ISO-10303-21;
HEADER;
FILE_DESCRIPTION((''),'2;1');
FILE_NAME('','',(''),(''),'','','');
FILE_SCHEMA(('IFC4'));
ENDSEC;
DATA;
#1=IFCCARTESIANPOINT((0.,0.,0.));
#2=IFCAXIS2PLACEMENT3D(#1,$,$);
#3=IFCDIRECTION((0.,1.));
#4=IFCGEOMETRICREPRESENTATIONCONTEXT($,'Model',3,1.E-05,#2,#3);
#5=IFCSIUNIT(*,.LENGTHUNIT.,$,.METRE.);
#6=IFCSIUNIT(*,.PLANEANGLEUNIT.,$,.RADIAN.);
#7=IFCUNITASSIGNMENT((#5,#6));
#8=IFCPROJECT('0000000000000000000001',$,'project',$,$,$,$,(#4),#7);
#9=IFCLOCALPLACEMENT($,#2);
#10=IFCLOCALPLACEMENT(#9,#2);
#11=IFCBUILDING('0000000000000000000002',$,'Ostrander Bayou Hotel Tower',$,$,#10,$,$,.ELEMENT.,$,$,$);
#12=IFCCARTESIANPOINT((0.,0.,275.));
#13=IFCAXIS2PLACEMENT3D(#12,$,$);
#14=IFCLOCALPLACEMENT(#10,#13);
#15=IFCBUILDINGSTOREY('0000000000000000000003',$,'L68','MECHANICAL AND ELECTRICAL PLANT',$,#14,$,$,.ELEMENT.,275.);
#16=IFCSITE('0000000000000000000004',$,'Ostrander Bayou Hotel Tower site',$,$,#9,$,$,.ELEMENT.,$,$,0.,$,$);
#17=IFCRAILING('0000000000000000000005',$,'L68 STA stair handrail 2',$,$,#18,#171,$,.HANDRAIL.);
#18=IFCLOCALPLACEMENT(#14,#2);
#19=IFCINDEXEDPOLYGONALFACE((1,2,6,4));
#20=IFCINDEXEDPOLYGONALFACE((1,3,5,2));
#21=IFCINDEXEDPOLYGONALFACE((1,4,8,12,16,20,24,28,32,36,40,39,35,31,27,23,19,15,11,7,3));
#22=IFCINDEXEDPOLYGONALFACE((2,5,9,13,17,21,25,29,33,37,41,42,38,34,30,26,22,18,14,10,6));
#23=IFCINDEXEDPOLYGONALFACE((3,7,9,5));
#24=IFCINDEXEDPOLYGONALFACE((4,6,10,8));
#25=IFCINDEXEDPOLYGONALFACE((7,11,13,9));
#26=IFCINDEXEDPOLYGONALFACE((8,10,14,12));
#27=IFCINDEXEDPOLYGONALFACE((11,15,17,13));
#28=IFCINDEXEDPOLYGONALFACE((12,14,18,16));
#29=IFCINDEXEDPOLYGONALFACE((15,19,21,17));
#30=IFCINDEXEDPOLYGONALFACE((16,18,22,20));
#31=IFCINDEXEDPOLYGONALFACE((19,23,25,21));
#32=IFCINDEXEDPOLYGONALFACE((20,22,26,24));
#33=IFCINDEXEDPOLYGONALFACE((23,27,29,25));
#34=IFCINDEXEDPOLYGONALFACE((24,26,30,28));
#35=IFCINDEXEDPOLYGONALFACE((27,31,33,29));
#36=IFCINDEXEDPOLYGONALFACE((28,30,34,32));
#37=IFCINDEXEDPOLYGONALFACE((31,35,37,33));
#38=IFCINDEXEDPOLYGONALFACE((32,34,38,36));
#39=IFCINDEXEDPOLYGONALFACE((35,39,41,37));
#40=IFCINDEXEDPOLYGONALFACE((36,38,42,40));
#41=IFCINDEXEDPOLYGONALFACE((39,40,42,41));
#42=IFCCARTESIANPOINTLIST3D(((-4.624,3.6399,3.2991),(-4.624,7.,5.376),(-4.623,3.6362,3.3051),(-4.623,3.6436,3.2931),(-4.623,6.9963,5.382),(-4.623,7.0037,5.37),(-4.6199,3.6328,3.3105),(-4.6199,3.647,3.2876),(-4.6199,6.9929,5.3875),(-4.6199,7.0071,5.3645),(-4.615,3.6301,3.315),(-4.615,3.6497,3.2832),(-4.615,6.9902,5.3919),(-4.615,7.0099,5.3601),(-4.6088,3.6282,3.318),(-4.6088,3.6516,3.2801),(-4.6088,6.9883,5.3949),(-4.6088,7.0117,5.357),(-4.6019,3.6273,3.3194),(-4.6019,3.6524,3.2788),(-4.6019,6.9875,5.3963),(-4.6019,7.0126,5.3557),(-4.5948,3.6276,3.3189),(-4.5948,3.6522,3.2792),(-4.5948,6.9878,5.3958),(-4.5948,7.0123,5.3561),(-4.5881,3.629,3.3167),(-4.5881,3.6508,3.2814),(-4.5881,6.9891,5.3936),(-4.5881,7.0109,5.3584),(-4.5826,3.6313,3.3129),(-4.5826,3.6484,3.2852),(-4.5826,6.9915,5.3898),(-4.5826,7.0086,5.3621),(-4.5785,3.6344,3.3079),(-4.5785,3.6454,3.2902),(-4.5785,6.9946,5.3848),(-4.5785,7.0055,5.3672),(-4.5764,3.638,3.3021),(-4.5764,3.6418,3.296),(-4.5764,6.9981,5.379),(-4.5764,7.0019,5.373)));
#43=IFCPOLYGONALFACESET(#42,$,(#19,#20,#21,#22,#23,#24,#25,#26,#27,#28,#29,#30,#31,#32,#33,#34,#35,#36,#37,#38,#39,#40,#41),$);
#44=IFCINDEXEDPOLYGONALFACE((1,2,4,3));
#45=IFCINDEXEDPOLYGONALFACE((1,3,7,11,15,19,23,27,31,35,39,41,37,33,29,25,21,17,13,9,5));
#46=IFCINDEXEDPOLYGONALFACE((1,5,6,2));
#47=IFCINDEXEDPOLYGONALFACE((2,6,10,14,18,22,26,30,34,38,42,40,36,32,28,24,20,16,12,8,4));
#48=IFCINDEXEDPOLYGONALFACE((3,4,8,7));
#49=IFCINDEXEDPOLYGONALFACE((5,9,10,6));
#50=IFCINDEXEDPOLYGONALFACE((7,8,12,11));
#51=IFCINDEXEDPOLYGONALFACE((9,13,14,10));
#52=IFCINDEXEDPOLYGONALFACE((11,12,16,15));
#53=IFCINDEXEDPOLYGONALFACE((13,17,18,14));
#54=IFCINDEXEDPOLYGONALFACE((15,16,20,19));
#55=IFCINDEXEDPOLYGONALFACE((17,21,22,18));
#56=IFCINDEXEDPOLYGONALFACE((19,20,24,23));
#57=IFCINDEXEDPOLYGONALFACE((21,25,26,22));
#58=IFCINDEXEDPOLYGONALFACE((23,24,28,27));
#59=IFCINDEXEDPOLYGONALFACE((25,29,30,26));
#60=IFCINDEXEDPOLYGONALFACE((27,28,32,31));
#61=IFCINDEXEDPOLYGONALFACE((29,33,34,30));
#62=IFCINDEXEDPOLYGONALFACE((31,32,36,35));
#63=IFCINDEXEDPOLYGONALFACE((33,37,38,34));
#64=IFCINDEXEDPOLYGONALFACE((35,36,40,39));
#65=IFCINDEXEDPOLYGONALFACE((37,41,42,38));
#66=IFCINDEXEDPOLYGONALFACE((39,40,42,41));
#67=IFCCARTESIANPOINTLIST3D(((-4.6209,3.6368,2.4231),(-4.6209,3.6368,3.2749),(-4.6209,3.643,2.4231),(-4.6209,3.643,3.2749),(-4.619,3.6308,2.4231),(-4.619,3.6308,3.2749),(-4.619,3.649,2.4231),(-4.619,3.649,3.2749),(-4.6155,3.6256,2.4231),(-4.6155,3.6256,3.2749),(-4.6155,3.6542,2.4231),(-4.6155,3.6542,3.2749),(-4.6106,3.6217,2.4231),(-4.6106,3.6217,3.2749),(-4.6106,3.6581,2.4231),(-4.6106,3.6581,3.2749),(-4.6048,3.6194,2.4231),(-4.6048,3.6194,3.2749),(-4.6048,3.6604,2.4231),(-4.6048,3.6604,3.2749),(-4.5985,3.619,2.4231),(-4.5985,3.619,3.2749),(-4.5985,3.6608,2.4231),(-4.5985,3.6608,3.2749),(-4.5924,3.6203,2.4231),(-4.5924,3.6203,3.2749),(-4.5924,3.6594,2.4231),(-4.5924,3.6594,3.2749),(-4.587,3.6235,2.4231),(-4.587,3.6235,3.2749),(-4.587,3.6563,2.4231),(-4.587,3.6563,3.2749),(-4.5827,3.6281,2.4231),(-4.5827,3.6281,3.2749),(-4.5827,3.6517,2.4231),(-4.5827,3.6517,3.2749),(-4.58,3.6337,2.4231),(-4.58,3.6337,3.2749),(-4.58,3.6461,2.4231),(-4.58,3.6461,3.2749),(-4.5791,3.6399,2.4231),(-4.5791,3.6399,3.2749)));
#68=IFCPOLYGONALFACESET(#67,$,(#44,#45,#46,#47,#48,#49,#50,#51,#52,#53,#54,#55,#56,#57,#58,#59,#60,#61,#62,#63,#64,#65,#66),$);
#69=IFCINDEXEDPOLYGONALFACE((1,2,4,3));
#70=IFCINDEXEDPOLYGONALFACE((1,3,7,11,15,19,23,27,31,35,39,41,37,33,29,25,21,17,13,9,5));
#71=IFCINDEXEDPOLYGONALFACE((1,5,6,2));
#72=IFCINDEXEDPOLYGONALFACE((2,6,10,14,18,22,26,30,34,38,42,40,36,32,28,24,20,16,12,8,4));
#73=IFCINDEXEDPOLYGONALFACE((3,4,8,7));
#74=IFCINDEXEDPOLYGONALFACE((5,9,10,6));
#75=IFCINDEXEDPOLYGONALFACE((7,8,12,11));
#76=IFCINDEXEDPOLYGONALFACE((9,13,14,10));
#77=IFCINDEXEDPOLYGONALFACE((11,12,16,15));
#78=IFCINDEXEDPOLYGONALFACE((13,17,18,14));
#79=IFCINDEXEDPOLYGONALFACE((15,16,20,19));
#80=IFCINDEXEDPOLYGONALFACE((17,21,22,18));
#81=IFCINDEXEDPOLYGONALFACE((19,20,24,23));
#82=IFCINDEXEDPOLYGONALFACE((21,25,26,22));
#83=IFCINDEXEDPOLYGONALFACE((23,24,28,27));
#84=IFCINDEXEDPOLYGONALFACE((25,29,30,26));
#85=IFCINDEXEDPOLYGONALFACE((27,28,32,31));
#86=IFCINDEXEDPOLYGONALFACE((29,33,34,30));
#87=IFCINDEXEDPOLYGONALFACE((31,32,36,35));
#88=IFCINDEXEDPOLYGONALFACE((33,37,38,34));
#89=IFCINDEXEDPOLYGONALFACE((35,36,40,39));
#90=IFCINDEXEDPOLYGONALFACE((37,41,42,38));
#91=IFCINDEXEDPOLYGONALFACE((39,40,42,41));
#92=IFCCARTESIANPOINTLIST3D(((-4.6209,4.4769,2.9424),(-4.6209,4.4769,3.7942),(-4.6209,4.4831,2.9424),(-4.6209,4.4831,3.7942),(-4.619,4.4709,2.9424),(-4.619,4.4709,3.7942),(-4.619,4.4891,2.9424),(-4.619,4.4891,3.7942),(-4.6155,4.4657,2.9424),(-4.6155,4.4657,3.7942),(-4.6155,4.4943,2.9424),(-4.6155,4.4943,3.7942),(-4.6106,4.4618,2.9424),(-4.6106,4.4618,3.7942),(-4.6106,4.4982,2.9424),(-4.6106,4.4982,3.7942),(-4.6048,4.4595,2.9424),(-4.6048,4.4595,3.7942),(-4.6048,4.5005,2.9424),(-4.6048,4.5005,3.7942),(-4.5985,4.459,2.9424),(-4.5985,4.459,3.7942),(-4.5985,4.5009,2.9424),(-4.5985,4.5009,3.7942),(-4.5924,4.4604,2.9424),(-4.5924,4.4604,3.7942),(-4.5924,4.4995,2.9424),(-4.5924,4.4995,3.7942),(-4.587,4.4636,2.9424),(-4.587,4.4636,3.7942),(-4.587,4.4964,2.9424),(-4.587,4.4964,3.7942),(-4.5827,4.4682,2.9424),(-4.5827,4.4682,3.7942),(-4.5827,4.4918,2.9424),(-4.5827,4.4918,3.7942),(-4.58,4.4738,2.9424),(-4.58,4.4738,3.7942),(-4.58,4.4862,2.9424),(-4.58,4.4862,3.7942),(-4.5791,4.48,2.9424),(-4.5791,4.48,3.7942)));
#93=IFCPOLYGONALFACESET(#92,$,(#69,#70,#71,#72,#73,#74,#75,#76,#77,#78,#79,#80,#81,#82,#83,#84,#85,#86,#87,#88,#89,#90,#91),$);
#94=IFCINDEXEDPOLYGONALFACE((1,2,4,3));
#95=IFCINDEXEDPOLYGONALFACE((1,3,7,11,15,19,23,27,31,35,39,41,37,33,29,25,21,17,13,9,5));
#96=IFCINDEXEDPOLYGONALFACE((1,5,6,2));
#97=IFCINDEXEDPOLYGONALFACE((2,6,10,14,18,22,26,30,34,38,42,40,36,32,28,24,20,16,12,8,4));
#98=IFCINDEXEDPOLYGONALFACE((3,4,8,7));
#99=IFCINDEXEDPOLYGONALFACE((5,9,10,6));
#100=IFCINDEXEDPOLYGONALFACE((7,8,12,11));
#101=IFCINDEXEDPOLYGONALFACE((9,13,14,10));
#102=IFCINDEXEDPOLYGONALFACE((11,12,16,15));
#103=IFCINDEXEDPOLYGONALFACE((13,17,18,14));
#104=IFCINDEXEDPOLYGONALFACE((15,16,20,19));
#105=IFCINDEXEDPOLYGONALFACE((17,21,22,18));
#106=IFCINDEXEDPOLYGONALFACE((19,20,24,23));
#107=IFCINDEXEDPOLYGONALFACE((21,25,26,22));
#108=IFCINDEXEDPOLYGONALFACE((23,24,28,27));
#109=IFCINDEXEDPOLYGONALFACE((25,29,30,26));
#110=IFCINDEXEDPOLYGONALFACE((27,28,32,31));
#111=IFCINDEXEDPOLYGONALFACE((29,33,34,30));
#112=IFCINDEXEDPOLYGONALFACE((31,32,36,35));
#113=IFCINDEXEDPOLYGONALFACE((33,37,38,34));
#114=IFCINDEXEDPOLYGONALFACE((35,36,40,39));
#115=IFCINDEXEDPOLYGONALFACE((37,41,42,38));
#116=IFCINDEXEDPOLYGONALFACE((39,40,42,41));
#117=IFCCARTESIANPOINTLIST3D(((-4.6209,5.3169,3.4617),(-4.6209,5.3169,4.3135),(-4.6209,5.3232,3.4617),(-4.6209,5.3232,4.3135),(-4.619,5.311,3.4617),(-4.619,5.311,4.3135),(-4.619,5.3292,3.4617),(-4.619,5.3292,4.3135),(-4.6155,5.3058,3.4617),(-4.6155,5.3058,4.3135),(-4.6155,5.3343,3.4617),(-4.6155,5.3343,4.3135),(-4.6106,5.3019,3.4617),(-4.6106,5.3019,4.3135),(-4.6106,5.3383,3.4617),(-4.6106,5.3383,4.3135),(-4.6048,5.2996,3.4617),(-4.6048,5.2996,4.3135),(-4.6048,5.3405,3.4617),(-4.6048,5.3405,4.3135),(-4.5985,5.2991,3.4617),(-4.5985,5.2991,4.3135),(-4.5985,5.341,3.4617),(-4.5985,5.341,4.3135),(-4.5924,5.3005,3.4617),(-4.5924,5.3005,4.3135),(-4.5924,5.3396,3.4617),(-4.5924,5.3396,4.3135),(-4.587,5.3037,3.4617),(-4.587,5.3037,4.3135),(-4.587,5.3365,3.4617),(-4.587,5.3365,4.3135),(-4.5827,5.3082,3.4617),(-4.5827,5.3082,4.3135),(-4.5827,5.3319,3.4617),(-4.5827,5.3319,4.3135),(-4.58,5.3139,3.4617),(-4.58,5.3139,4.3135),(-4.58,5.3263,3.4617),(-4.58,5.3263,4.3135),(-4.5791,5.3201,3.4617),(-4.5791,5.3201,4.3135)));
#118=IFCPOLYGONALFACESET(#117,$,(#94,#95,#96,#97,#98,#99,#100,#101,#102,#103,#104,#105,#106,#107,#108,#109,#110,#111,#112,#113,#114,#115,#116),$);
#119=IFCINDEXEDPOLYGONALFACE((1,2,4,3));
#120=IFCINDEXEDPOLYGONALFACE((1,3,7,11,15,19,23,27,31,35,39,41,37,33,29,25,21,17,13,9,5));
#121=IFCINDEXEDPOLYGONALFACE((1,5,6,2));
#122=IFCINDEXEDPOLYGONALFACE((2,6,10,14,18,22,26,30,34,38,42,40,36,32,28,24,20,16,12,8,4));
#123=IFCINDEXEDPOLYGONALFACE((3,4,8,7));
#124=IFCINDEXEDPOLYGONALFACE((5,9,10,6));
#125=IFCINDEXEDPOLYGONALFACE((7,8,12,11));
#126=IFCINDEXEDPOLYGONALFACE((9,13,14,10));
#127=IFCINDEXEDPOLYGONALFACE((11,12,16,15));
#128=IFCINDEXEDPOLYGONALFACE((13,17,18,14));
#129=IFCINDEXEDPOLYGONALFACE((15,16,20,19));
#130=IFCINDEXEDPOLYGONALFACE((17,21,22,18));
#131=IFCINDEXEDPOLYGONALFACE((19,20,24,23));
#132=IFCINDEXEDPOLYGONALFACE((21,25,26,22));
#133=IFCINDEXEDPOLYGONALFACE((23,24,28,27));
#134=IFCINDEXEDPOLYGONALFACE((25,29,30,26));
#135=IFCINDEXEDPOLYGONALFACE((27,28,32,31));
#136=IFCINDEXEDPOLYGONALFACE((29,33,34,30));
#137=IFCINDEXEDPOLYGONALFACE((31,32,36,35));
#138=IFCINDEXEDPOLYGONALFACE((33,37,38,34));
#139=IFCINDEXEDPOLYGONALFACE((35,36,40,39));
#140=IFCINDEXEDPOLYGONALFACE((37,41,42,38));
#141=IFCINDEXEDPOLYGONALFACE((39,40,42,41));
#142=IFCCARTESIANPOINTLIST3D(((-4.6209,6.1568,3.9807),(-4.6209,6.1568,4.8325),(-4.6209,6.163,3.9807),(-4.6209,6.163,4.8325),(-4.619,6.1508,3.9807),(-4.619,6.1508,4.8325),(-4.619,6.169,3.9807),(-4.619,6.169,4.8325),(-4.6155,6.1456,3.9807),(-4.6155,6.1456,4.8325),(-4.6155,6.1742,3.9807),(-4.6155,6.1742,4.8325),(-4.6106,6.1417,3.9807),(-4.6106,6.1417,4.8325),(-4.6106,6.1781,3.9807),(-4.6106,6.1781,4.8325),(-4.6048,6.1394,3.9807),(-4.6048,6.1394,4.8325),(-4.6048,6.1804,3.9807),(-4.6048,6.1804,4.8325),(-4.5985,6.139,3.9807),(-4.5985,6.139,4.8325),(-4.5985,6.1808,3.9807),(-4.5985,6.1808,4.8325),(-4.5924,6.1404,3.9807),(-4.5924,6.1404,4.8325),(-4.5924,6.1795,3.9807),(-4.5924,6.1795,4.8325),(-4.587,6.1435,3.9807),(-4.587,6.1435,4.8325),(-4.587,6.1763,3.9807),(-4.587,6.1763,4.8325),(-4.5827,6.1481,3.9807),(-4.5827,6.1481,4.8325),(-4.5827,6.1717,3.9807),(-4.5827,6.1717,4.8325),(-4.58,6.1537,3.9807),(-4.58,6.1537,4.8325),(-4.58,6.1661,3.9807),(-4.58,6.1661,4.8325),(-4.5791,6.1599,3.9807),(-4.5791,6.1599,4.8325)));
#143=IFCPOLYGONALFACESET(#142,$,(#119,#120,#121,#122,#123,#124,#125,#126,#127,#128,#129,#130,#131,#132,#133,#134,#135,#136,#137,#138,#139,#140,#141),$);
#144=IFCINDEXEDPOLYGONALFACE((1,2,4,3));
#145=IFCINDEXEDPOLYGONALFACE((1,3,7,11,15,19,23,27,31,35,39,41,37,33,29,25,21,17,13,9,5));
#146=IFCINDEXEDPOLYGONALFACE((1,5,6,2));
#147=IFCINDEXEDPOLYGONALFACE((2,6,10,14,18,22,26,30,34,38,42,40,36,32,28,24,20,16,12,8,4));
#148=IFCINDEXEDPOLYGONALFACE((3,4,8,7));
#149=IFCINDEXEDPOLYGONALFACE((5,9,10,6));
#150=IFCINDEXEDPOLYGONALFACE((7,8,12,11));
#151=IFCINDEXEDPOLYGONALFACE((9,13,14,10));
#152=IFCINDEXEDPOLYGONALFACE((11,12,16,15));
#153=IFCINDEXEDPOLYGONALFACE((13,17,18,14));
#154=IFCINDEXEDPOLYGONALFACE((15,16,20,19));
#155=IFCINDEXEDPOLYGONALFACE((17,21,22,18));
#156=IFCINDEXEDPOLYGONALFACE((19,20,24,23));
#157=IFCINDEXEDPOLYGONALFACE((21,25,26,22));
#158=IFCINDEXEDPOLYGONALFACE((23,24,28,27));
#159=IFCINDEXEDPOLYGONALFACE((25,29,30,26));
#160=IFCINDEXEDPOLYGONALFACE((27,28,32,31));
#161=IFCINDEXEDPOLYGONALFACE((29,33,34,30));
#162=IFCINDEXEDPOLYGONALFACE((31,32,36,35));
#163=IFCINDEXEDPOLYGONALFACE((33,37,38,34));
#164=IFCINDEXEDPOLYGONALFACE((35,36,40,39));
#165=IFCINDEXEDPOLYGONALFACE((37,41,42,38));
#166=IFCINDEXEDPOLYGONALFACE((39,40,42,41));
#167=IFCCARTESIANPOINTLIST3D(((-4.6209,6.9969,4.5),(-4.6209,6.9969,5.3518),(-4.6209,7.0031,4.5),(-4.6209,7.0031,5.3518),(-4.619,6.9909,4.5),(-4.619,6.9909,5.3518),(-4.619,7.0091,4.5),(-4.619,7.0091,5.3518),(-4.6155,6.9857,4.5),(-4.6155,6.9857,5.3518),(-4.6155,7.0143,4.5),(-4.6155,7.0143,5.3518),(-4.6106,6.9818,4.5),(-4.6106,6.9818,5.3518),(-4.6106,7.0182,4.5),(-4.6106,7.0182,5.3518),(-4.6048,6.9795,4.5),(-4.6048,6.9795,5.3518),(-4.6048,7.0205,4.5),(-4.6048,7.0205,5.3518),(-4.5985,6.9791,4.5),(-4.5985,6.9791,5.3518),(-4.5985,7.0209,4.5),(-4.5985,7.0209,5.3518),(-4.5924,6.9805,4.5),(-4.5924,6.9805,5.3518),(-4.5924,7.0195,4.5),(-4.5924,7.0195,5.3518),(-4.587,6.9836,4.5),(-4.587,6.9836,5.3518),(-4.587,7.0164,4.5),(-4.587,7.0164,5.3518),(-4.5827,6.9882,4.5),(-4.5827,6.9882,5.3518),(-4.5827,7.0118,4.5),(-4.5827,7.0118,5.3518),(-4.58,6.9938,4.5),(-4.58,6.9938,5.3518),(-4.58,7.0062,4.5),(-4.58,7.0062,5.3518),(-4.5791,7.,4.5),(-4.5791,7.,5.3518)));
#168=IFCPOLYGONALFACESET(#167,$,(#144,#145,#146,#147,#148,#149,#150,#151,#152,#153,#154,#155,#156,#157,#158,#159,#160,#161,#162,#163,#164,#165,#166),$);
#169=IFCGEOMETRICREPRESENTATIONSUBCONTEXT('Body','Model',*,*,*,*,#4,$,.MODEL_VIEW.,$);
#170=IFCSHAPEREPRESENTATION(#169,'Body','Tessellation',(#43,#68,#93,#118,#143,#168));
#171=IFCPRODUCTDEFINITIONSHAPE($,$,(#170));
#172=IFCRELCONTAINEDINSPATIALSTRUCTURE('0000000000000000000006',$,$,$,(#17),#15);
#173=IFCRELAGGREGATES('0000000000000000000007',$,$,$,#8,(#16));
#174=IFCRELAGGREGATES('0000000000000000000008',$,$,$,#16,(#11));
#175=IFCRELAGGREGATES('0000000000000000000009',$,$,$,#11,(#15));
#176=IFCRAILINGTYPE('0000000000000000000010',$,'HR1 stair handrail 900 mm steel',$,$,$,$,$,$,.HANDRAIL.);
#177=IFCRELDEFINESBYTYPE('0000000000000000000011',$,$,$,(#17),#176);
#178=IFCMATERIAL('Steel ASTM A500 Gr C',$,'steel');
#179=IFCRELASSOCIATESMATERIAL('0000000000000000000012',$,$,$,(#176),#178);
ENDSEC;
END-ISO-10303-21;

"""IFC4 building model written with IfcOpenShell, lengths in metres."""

from ifc_helpers import new_model, si_unit, direction, frame, origin, origin_2d, place, context, subcontext, project, spatial, circle, extrude, material, type_object, element, save


model = new_model("IFC4")

# Units and contexts
model_context = context("Model", 3, precision=1e-05, world=origin(), true_north=direction((0.0, 1.0)))
body_context = subcontext(model_context, "Body", "Model", "MODEL_VIEW")
ifc_project = project(units=[si_unit("LENGTHUNIT", "METRE"), si_unit("PLANEANGLEUNIT", "RADIAN")], contexts=[model_context])

# Site, building, storey
site_placement = place(None, origin())
site = spatial("IfcSite", under=ifc_project, at=site_placement, Name="Ostrander Bayou Hotel Tower site", CompositionType="ELEMENT", RefElevation=0.0)
building_placement = place(site_placement, origin())
building = spatial("IfcBuilding", under=site, at=building_placement, Name="Ostrander Bayou Hotel Tower", CompositionType="ELEMENT")
storey_placement = place(building_placement, frame((0.0, 0.0, 275.0)))
storey = spatial("IfcBuildingStorey", under=building, at=storey_placement, Name="L68", Description="MECHANICAL AND ELECTRICAL PLANT", CompositionType="ELEMENT", Elevation=275.0)

# Railing
ifc_material_1 = material(Name="Steel ASTM A500 Gr C", Category="steel")
railing_type_1 = type_object("IfcRailingType", Name="HR1 stair handrail 900 mm steel", PredefinedType="HANDRAIL", material=ifc_material_1)
railing_1_placement = place(storey_placement, frame((-4.6001, 3.6399, 2.4231)))
element("IfcRailing", 1, at=railing_1_placement, inside=storey, type_object=railing_type_1, Name="L68 STA stair handrail 2", PredefinedType="HANDRAIL", context=body_context, shape_type="SweptSolid", body=[
    extrude(circle(Radius=0.0239, at=origin_2d()), frame((0.0, 0.0, 0.876), z_axis=(0.0, 0.850623, 0.525776), x_axis=(-1.0, 0.0, 0.0)), (0.0, 0.0, 1.0), 3.9502),
    extrude(circle(Radius=0.021, at=origin_2d()), origin(), (0.0, 0.0, 1.0), 0.8518),
    extrude(circle(Radius=0.021, at=origin_2d()), frame((0.0, 0.8401, 0.5193)), (0.0, 0.0, 1.0), 0.8518),
    extrude(circle(Radius=0.021, at=origin_2d()), frame((0.0, 1.6802, 1.0386)), (0.0, 0.0, 1.0), 0.8518),
    extrude(circle(Radius=0.021, at=origin_2d()), frame((0.0, 2.52, 1.5576)), (0.0, 0.0, 1.0), 0.8518),
    extrude(circle(Radius=0.021, at=origin_2d()), frame((0.0, 3.3601, 2.0769)), (0.0, 0.0, 1.0), 0.8518),
])

save(model, "model.ifc")
